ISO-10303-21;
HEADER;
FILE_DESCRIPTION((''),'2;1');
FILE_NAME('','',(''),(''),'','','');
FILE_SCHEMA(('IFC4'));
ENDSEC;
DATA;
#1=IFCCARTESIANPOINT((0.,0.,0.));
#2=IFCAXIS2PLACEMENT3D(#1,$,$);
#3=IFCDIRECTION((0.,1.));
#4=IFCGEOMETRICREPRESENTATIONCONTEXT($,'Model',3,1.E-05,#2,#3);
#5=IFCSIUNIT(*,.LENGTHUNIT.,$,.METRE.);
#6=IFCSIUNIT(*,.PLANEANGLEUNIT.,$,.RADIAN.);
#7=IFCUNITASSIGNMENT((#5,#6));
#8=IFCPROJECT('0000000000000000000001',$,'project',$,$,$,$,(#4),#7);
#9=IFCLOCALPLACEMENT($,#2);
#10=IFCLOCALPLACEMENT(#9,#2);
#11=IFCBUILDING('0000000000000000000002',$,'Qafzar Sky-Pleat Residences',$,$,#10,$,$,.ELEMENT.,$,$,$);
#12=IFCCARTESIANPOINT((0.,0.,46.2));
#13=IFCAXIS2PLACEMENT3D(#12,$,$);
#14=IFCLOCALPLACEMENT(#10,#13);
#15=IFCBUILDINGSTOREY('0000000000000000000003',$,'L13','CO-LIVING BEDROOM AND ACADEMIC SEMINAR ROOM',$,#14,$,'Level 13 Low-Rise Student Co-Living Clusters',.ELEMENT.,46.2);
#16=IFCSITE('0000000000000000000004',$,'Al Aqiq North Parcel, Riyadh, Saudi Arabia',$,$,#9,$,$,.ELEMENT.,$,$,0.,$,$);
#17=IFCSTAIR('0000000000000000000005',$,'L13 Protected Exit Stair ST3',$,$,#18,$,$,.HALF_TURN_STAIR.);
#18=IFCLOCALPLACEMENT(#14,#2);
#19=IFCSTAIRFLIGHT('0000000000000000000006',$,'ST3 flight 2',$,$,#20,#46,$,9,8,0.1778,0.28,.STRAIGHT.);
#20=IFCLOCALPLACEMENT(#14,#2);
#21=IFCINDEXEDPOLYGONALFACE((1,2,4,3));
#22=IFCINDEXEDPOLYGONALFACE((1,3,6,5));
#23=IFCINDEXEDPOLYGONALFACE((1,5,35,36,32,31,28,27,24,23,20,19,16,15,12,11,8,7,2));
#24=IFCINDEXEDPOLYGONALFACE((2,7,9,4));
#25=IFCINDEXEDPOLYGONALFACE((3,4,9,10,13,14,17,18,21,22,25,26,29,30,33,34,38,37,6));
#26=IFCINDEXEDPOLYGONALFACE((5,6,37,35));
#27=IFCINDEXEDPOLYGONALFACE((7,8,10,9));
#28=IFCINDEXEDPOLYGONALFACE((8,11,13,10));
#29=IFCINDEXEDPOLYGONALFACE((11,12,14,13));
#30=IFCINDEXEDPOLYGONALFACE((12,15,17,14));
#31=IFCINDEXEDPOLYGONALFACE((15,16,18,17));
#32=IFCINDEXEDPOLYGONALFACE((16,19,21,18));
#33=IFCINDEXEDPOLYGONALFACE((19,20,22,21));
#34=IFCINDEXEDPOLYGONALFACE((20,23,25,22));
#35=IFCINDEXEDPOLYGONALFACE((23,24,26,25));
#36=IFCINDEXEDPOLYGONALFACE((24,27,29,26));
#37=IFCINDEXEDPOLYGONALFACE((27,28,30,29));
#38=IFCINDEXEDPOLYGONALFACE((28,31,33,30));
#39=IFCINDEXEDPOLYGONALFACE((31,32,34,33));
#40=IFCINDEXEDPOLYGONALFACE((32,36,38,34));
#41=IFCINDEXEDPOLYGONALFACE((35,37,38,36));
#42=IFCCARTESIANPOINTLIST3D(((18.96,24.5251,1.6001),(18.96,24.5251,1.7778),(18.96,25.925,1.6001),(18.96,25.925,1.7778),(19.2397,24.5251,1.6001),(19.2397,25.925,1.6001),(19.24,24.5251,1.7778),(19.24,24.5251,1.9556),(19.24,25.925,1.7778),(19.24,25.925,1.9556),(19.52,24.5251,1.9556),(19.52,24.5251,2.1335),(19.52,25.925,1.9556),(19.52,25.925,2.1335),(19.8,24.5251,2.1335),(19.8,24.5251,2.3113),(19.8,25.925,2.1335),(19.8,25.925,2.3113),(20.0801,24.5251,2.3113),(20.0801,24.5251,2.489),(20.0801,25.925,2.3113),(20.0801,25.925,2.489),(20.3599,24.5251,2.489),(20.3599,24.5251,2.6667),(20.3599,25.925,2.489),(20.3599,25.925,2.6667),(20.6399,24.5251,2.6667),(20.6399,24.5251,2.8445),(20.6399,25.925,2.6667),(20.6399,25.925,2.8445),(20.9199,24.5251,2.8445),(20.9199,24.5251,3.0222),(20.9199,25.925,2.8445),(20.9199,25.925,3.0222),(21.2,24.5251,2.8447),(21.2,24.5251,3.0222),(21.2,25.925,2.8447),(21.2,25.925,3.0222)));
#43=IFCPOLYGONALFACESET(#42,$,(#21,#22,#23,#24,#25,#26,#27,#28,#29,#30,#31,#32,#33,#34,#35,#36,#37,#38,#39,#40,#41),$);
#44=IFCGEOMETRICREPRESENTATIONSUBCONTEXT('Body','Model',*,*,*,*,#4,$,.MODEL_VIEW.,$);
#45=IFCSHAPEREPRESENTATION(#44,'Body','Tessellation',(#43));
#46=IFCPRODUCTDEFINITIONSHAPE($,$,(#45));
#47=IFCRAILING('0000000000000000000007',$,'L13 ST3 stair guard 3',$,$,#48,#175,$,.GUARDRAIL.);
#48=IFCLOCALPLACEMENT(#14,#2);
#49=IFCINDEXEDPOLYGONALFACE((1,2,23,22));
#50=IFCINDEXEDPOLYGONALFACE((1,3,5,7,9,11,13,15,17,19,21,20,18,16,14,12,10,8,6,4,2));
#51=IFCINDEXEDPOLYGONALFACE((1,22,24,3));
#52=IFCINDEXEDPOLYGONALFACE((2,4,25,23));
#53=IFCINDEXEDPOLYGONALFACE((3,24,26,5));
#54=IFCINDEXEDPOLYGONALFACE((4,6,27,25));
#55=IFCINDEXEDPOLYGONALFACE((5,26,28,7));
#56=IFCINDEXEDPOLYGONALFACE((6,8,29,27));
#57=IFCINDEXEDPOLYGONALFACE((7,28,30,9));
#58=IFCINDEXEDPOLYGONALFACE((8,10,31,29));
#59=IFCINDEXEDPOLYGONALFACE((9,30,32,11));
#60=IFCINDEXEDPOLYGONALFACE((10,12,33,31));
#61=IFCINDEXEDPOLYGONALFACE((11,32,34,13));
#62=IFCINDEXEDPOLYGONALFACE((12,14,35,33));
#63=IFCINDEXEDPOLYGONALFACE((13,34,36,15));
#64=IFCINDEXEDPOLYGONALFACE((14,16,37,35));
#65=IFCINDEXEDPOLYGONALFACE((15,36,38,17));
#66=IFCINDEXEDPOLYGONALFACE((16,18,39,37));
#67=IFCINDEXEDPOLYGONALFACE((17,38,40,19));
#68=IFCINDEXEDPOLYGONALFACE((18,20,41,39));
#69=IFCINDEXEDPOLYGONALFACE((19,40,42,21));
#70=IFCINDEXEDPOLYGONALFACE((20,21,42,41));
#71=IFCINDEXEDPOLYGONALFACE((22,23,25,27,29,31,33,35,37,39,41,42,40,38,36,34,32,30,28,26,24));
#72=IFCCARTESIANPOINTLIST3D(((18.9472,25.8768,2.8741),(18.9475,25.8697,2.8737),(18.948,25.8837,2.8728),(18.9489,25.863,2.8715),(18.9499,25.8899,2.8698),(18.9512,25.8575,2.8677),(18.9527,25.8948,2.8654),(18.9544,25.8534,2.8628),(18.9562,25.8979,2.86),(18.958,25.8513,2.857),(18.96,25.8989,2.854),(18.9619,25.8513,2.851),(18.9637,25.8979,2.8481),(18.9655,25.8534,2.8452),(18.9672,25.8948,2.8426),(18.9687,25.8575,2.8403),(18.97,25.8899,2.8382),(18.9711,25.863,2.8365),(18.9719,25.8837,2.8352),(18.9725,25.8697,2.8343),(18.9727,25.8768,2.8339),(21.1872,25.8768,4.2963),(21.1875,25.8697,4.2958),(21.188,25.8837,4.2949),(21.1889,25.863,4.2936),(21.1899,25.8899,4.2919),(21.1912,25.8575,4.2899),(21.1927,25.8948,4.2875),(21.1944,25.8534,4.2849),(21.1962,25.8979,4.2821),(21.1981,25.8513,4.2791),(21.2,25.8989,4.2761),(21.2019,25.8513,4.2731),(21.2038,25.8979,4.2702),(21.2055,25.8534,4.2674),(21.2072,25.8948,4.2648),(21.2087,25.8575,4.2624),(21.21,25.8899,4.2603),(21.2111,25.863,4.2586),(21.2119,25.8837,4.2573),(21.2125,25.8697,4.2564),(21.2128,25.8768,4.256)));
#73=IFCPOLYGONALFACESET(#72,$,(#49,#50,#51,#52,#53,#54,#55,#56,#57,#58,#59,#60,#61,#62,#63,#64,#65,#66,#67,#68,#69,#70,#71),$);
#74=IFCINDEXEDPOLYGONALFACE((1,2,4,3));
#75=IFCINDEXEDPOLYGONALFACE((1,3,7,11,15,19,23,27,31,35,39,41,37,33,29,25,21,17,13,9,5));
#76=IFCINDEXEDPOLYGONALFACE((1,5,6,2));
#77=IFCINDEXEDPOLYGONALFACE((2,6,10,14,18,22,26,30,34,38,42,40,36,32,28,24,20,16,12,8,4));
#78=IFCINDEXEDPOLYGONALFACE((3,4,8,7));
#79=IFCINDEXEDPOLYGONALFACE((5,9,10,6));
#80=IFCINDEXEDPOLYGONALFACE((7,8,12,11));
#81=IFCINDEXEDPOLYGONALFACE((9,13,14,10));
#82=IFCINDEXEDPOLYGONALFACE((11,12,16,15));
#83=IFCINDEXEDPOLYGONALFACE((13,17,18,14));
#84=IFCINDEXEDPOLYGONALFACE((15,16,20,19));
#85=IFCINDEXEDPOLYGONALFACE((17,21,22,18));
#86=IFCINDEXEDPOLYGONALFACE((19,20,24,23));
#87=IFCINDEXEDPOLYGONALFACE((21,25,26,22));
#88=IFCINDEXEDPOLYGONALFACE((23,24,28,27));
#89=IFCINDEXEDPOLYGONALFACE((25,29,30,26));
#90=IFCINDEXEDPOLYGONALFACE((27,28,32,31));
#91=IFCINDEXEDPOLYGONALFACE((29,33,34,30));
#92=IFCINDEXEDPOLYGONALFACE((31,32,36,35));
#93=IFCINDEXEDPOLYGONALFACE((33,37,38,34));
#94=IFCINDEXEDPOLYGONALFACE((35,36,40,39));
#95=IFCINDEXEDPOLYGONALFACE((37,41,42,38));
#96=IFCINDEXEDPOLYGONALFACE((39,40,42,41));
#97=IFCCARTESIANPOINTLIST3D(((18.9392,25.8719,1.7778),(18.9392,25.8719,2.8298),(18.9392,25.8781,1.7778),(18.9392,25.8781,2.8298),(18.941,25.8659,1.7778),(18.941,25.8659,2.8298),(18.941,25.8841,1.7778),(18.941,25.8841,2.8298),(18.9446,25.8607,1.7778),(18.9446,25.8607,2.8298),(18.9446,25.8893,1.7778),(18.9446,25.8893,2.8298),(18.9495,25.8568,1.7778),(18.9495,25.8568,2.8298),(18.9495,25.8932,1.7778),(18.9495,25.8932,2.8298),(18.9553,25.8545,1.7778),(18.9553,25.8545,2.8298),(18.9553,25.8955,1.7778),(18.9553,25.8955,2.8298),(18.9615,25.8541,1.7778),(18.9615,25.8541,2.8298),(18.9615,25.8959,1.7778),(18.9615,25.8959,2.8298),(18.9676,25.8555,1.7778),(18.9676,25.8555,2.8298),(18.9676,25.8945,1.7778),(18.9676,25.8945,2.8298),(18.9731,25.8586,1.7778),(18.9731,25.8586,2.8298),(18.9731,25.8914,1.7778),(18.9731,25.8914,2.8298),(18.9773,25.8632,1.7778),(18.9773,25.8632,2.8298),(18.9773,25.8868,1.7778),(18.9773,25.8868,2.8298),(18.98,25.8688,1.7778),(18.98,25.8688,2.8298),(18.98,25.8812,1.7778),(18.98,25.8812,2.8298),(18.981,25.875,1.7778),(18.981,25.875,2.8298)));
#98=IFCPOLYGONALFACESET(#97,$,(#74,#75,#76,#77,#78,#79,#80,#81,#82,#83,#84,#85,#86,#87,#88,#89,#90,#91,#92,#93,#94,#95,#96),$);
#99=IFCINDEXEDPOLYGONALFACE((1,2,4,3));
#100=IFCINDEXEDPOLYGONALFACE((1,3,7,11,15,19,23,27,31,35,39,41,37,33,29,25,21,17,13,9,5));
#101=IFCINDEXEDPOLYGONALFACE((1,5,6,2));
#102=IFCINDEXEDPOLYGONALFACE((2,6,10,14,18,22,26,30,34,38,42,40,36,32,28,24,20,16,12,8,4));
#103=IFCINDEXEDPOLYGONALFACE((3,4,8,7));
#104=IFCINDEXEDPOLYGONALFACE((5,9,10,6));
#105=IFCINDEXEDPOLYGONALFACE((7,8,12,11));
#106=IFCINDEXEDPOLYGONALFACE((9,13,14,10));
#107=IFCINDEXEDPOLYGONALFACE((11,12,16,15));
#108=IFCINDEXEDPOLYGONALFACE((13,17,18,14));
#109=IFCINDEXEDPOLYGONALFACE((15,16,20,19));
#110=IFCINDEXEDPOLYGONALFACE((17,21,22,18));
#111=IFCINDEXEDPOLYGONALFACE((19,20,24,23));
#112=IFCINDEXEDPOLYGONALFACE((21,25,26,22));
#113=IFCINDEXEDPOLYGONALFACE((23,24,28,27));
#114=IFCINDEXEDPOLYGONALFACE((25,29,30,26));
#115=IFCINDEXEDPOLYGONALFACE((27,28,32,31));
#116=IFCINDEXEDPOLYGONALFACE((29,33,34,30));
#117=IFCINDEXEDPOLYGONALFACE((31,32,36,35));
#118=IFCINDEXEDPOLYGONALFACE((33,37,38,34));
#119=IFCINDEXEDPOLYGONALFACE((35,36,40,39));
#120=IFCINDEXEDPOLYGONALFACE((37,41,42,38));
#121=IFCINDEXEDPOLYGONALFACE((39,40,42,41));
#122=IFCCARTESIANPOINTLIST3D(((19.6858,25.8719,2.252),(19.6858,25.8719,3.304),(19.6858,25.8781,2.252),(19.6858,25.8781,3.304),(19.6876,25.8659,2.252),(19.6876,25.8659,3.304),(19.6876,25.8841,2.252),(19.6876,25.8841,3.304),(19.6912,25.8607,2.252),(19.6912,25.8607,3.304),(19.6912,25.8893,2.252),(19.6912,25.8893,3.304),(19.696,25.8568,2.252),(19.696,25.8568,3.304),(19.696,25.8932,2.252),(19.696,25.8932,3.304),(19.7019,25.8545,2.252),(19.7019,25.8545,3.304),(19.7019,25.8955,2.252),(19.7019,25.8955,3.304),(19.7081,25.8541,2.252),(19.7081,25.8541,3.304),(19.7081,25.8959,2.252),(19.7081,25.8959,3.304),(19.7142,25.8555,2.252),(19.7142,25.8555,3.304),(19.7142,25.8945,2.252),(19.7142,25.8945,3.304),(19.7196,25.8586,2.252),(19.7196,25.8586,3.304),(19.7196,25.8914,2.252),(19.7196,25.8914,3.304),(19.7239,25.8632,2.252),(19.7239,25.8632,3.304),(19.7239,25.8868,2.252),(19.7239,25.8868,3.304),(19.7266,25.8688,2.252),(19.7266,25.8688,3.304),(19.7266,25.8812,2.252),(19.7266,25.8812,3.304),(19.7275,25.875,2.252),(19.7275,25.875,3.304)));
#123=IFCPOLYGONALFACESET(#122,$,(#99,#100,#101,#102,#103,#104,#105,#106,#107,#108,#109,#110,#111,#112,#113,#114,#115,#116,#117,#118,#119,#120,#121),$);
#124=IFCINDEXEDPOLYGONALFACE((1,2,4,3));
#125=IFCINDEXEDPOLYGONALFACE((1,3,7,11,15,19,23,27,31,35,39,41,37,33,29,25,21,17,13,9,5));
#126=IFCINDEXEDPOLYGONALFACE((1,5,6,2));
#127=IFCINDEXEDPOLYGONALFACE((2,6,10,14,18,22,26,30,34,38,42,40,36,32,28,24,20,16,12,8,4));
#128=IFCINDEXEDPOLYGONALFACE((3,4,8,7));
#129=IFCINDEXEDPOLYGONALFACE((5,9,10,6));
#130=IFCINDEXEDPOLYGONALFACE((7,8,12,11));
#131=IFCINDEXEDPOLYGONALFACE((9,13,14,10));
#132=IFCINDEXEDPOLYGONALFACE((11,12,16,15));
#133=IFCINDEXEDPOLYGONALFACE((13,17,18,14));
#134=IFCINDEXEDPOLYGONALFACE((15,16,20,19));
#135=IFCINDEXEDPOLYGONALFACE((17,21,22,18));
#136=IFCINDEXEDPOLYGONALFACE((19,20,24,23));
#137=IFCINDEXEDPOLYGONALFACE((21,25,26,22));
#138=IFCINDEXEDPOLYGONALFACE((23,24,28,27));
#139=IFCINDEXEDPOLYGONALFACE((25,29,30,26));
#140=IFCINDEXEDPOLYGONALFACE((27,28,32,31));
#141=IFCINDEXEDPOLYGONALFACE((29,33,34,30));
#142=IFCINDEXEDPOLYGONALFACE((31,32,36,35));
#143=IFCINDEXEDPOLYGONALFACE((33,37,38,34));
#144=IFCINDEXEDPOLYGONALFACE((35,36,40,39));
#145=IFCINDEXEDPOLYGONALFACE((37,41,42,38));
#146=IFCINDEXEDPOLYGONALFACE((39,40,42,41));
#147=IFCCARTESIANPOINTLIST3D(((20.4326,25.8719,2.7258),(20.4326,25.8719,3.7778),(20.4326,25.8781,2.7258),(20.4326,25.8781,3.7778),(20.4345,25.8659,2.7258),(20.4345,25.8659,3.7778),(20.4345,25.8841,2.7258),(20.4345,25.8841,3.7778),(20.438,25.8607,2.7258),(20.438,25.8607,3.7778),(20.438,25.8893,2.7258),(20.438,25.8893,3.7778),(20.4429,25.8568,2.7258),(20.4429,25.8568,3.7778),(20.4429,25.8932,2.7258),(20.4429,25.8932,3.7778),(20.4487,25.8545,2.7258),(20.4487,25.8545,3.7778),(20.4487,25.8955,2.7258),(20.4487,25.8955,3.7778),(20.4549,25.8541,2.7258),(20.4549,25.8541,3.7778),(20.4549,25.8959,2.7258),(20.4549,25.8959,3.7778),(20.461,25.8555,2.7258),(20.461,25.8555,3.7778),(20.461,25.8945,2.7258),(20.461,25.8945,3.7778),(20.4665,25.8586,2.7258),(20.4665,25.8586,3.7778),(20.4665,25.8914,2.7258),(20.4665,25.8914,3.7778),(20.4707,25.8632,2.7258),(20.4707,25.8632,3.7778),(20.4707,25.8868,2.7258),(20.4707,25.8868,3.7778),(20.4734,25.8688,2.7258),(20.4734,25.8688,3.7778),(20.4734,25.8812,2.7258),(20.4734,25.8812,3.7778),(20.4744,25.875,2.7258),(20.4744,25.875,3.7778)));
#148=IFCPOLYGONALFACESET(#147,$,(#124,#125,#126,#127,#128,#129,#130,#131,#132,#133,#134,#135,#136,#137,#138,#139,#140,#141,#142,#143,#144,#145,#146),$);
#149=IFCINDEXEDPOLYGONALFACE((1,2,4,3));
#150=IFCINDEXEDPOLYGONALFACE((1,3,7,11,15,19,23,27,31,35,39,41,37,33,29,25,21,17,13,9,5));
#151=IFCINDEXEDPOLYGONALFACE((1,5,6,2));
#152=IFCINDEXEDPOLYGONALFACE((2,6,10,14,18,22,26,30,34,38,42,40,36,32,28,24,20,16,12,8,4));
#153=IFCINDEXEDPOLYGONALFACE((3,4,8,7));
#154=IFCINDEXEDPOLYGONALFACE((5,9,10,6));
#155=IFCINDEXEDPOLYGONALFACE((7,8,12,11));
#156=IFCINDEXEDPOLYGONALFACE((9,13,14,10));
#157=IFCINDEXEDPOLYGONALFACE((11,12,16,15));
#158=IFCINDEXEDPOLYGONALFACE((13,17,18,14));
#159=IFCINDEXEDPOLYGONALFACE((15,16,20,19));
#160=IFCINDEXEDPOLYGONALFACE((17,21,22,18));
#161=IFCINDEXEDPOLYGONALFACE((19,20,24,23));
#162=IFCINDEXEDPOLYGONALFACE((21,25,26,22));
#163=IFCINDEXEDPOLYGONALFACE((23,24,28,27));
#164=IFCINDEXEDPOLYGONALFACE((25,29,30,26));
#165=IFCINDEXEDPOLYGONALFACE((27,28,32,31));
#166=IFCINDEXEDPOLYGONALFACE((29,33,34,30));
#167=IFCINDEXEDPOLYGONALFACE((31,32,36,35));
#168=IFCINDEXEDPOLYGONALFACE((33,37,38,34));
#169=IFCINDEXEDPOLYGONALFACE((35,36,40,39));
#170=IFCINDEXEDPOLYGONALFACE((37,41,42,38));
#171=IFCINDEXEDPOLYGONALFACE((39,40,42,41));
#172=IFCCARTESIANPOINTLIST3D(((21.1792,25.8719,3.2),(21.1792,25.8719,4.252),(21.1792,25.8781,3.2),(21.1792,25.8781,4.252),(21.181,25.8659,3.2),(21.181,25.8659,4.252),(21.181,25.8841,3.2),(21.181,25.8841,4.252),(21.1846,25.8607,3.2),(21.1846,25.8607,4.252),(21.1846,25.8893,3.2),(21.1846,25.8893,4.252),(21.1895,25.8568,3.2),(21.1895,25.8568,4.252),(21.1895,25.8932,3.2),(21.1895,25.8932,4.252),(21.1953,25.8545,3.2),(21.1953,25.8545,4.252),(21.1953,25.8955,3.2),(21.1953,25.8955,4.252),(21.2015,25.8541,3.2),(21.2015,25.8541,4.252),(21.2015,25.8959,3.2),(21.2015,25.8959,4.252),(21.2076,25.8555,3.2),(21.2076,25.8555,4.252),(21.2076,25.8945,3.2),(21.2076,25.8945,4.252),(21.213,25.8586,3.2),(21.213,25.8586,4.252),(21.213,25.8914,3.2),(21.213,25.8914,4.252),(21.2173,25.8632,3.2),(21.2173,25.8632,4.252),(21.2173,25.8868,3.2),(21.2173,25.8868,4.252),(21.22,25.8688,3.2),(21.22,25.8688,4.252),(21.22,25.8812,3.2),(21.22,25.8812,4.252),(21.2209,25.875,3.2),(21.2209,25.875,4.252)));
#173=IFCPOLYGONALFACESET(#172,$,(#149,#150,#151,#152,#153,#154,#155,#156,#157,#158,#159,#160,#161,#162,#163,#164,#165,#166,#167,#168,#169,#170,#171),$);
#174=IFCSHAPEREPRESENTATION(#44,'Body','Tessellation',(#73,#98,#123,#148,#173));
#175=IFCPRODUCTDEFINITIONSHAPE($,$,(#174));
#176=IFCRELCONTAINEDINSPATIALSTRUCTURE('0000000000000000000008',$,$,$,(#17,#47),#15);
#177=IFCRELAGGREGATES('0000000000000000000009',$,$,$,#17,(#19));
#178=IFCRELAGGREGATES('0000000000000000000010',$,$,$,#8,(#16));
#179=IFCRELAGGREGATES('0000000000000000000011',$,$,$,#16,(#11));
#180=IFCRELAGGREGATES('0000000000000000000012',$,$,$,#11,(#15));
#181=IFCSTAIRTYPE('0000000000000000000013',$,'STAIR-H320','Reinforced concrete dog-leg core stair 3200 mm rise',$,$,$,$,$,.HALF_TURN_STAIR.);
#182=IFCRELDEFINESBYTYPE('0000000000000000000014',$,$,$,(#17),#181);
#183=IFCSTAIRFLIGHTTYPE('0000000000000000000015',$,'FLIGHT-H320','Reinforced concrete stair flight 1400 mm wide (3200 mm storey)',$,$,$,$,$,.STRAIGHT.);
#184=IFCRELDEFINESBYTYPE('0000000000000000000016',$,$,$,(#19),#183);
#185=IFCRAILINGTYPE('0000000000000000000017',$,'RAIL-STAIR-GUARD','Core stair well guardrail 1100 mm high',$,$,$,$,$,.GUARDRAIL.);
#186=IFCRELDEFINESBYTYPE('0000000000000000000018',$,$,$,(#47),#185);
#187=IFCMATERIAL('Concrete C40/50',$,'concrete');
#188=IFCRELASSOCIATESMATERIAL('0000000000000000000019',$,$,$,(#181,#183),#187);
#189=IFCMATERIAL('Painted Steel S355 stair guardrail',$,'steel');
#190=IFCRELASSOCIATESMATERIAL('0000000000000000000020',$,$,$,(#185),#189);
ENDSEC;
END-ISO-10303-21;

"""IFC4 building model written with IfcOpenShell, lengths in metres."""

from ifc_helpers import new_model, si_unit, direction, frame, origin, origin_2d, place, context, subcontext, project, spatial, polyline, circle, outline, extrude, source, transform, mapped, material, type_object, element, aggregate, save


model = new_model("IFC4")

# Units and contexts
model_context = context("Model", 3, precision=1e-05, world=origin(), true_north=direction((0.0, 1.0)))
body_context = subcontext(model_context, "Body", "Model", "MODEL_VIEW")
ifc_project = project(units=[si_unit("LENGTHUNIT", "METRE"), si_unit("PLANEANGLEUNIT", "RADIAN")], contexts=[model_context])

# Site, building, storey
site_placement = place(None, origin())
site = spatial("IfcSite", under=ifc_project, at=site_placement, Name="Al Aqiq North Parcel, Riyadh, Saudi Arabia", CompositionType="ELEMENT", RefElevation=0.0)
building_placement = place(site_placement, origin())
building = spatial("IfcBuilding", under=site, at=building_placement, Name="Qafzar Sky-Pleat Residences", CompositionType="ELEMENT")
storey_placement = place(building_placement, frame((0.0, 0.0, 46.2)))
storey = spatial("IfcBuildingStorey", under=building, at=storey_placement, Name="L13", Description="CO-LIVING BEDROOM AND ACADEMIC SEMINAR ROOM", LongName="Level 13 Low-Rise Student Co-Living Clusters", CompositionType="ELEMENT", Elevation=46.2)

# Stair, stair flight
ifc_material_1 = material(Name="Concrete C40/50", Category="concrete")
stair_type = type_object("IfcStairType", Name="STAIR-H320", Description="Reinforced concrete dog-leg core stair 3200 mm rise", PredefinedType="HALF_TURN_STAIR", material=ifc_material_1)
stair_placement = place(storey_placement, origin())
stair = element("IfcStair", 1, at=stair_placement, inside=storey, type_object=stair_type, Name="L13 Protected Exit Stair ST3", PredefinedType="HALF_TURN_STAIR")
stair_flight_type = type_object("IfcStairFlightType", Name="FLIGHT-H320", Description="Reinforced concrete stair flight 1400 mm wide (3200 mm storey)", PredefinedType="STRAIGHT", material=ifc_material_1)
shared_shape_1 = source(origin(), body_context, "Body", "SweptSolid", [
    extrude(outline(polyline([(0.0, 0.0), (0.0, 0.1777), (0.28, 0.1777), (0.28, 0.3555), (0.5601, 0.3555), (0.5601, 0.5334), (0.8401, 0.5334), (0.8401, 0.7112), (1.1201, 0.7112), (1.1201, 0.8889), (1.3999, 0.8889), (1.3999, 1.0667), (1.6799, 1.0667), (1.6799, 1.2444), (1.96, 1.2444), (1.96, 1.4221), (2.24, 1.4221), (2.24, 1.6001), (2.24, 1.2446), (0.2798, 0.0), (0.0, 0.0)])), frame((0.0, 0.7, 0.0), z_axis=(0.0, -1.0, 0.0), x_axis=(1.0, 0.0, 0.0)), (0.0, 0.0, 1.0), 1.3999),
])
stair_flight_placement = place(storey_placement, frame((18.96, 25.2251, 1.6001), z_axis=(0.0, 0.0, 1.0), x_axis=(1.0, 0.0, 0.0)))
stair_flight = element("IfcStairFlight", 2, at=stair_flight_placement, type_object=stair_flight_type, Name="ST3 flight 2", NumberOfRisers=9, NumberOfTreads=8, PredefinedType="STRAIGHT", RiserHeight=0.1778, TreadLength=0.28, context=body_context, shape_type="MappedRepresentation", body=[
    mapped(shared_shape_1, transform((0.0, 0.0, 0.0), x_axis=(1.0, 0.0, 0.0), y_axis=(0.0, 1.0, 0.0), z_axis=(0.0, 0.0, 1.0), scale=1.0)),
])
aggregate(stair, [stair_flight])

# Railing
ifc_material_2 = material(Name="Painted Steel S355 stair guardrail", Category="steel")
railing_type = type_object("IfcRailingType", Name="RAIL-STAIR-GUARD", Description="Core stair well guardrail 1100 mm high", PredefinedType="GUARDRAIL", material=ifc_material_2)
shared_shape_2 = source(origin(), body_context, "Body", "SweptSolid", [
    extrude(circle(Radius=0.0239, at=origin_2d()), frame((0.0, 0.0, 1.0762), z_axis=(0.844229, 0.0, 0.535982), x_axis=(0.0, 1.0, 0.0)), (0.0, 0.0, 1.0), 2.6533),
    extrude(circle(Radius=0.021, at=origin_2d()), origin(), (0.0, 0.0, 1.0), 1.052),
    extrude(circle(Radius=0.021, at=origin_2d()), frame((0.7466, 0.0, 0.4741)), (0.0, 0.0, 1.0), 1.052),
    extrude(circle(Radius=0.021, at=origin_2d()), frame((1.4934, 0.0, 0.948)), (0.0, 0.0, 1.0), 1.052),
    extrude(circle(Radius=0.021, at=origin_2d()), frame((2.24, 0.0, 1.4221)), (0.0, 0.0, 1.0), 1.052),
])
railing_placement = place(storey_placement, frame((18.96, 25.875, 1.7778)))
element("IfcRailing", 3, at=railing_placement, inside=storey, type_object=railing_type, Name="L13 ST3 stair guard 3", PredefinedType="GUARDRAIL", context=body_context, shape_type="MappedRepresentation", body=[
    mapped(shared_shape_2, transform((0.0, 0.0, 0.0), x_axis=(1.0, 0.0, 0.0), y_axis=(0.0, 1.0, 0.0), z_axis=(0.0, 0.0, 1.0), scale=1.0)),
])

save(model, "model.ifc")
